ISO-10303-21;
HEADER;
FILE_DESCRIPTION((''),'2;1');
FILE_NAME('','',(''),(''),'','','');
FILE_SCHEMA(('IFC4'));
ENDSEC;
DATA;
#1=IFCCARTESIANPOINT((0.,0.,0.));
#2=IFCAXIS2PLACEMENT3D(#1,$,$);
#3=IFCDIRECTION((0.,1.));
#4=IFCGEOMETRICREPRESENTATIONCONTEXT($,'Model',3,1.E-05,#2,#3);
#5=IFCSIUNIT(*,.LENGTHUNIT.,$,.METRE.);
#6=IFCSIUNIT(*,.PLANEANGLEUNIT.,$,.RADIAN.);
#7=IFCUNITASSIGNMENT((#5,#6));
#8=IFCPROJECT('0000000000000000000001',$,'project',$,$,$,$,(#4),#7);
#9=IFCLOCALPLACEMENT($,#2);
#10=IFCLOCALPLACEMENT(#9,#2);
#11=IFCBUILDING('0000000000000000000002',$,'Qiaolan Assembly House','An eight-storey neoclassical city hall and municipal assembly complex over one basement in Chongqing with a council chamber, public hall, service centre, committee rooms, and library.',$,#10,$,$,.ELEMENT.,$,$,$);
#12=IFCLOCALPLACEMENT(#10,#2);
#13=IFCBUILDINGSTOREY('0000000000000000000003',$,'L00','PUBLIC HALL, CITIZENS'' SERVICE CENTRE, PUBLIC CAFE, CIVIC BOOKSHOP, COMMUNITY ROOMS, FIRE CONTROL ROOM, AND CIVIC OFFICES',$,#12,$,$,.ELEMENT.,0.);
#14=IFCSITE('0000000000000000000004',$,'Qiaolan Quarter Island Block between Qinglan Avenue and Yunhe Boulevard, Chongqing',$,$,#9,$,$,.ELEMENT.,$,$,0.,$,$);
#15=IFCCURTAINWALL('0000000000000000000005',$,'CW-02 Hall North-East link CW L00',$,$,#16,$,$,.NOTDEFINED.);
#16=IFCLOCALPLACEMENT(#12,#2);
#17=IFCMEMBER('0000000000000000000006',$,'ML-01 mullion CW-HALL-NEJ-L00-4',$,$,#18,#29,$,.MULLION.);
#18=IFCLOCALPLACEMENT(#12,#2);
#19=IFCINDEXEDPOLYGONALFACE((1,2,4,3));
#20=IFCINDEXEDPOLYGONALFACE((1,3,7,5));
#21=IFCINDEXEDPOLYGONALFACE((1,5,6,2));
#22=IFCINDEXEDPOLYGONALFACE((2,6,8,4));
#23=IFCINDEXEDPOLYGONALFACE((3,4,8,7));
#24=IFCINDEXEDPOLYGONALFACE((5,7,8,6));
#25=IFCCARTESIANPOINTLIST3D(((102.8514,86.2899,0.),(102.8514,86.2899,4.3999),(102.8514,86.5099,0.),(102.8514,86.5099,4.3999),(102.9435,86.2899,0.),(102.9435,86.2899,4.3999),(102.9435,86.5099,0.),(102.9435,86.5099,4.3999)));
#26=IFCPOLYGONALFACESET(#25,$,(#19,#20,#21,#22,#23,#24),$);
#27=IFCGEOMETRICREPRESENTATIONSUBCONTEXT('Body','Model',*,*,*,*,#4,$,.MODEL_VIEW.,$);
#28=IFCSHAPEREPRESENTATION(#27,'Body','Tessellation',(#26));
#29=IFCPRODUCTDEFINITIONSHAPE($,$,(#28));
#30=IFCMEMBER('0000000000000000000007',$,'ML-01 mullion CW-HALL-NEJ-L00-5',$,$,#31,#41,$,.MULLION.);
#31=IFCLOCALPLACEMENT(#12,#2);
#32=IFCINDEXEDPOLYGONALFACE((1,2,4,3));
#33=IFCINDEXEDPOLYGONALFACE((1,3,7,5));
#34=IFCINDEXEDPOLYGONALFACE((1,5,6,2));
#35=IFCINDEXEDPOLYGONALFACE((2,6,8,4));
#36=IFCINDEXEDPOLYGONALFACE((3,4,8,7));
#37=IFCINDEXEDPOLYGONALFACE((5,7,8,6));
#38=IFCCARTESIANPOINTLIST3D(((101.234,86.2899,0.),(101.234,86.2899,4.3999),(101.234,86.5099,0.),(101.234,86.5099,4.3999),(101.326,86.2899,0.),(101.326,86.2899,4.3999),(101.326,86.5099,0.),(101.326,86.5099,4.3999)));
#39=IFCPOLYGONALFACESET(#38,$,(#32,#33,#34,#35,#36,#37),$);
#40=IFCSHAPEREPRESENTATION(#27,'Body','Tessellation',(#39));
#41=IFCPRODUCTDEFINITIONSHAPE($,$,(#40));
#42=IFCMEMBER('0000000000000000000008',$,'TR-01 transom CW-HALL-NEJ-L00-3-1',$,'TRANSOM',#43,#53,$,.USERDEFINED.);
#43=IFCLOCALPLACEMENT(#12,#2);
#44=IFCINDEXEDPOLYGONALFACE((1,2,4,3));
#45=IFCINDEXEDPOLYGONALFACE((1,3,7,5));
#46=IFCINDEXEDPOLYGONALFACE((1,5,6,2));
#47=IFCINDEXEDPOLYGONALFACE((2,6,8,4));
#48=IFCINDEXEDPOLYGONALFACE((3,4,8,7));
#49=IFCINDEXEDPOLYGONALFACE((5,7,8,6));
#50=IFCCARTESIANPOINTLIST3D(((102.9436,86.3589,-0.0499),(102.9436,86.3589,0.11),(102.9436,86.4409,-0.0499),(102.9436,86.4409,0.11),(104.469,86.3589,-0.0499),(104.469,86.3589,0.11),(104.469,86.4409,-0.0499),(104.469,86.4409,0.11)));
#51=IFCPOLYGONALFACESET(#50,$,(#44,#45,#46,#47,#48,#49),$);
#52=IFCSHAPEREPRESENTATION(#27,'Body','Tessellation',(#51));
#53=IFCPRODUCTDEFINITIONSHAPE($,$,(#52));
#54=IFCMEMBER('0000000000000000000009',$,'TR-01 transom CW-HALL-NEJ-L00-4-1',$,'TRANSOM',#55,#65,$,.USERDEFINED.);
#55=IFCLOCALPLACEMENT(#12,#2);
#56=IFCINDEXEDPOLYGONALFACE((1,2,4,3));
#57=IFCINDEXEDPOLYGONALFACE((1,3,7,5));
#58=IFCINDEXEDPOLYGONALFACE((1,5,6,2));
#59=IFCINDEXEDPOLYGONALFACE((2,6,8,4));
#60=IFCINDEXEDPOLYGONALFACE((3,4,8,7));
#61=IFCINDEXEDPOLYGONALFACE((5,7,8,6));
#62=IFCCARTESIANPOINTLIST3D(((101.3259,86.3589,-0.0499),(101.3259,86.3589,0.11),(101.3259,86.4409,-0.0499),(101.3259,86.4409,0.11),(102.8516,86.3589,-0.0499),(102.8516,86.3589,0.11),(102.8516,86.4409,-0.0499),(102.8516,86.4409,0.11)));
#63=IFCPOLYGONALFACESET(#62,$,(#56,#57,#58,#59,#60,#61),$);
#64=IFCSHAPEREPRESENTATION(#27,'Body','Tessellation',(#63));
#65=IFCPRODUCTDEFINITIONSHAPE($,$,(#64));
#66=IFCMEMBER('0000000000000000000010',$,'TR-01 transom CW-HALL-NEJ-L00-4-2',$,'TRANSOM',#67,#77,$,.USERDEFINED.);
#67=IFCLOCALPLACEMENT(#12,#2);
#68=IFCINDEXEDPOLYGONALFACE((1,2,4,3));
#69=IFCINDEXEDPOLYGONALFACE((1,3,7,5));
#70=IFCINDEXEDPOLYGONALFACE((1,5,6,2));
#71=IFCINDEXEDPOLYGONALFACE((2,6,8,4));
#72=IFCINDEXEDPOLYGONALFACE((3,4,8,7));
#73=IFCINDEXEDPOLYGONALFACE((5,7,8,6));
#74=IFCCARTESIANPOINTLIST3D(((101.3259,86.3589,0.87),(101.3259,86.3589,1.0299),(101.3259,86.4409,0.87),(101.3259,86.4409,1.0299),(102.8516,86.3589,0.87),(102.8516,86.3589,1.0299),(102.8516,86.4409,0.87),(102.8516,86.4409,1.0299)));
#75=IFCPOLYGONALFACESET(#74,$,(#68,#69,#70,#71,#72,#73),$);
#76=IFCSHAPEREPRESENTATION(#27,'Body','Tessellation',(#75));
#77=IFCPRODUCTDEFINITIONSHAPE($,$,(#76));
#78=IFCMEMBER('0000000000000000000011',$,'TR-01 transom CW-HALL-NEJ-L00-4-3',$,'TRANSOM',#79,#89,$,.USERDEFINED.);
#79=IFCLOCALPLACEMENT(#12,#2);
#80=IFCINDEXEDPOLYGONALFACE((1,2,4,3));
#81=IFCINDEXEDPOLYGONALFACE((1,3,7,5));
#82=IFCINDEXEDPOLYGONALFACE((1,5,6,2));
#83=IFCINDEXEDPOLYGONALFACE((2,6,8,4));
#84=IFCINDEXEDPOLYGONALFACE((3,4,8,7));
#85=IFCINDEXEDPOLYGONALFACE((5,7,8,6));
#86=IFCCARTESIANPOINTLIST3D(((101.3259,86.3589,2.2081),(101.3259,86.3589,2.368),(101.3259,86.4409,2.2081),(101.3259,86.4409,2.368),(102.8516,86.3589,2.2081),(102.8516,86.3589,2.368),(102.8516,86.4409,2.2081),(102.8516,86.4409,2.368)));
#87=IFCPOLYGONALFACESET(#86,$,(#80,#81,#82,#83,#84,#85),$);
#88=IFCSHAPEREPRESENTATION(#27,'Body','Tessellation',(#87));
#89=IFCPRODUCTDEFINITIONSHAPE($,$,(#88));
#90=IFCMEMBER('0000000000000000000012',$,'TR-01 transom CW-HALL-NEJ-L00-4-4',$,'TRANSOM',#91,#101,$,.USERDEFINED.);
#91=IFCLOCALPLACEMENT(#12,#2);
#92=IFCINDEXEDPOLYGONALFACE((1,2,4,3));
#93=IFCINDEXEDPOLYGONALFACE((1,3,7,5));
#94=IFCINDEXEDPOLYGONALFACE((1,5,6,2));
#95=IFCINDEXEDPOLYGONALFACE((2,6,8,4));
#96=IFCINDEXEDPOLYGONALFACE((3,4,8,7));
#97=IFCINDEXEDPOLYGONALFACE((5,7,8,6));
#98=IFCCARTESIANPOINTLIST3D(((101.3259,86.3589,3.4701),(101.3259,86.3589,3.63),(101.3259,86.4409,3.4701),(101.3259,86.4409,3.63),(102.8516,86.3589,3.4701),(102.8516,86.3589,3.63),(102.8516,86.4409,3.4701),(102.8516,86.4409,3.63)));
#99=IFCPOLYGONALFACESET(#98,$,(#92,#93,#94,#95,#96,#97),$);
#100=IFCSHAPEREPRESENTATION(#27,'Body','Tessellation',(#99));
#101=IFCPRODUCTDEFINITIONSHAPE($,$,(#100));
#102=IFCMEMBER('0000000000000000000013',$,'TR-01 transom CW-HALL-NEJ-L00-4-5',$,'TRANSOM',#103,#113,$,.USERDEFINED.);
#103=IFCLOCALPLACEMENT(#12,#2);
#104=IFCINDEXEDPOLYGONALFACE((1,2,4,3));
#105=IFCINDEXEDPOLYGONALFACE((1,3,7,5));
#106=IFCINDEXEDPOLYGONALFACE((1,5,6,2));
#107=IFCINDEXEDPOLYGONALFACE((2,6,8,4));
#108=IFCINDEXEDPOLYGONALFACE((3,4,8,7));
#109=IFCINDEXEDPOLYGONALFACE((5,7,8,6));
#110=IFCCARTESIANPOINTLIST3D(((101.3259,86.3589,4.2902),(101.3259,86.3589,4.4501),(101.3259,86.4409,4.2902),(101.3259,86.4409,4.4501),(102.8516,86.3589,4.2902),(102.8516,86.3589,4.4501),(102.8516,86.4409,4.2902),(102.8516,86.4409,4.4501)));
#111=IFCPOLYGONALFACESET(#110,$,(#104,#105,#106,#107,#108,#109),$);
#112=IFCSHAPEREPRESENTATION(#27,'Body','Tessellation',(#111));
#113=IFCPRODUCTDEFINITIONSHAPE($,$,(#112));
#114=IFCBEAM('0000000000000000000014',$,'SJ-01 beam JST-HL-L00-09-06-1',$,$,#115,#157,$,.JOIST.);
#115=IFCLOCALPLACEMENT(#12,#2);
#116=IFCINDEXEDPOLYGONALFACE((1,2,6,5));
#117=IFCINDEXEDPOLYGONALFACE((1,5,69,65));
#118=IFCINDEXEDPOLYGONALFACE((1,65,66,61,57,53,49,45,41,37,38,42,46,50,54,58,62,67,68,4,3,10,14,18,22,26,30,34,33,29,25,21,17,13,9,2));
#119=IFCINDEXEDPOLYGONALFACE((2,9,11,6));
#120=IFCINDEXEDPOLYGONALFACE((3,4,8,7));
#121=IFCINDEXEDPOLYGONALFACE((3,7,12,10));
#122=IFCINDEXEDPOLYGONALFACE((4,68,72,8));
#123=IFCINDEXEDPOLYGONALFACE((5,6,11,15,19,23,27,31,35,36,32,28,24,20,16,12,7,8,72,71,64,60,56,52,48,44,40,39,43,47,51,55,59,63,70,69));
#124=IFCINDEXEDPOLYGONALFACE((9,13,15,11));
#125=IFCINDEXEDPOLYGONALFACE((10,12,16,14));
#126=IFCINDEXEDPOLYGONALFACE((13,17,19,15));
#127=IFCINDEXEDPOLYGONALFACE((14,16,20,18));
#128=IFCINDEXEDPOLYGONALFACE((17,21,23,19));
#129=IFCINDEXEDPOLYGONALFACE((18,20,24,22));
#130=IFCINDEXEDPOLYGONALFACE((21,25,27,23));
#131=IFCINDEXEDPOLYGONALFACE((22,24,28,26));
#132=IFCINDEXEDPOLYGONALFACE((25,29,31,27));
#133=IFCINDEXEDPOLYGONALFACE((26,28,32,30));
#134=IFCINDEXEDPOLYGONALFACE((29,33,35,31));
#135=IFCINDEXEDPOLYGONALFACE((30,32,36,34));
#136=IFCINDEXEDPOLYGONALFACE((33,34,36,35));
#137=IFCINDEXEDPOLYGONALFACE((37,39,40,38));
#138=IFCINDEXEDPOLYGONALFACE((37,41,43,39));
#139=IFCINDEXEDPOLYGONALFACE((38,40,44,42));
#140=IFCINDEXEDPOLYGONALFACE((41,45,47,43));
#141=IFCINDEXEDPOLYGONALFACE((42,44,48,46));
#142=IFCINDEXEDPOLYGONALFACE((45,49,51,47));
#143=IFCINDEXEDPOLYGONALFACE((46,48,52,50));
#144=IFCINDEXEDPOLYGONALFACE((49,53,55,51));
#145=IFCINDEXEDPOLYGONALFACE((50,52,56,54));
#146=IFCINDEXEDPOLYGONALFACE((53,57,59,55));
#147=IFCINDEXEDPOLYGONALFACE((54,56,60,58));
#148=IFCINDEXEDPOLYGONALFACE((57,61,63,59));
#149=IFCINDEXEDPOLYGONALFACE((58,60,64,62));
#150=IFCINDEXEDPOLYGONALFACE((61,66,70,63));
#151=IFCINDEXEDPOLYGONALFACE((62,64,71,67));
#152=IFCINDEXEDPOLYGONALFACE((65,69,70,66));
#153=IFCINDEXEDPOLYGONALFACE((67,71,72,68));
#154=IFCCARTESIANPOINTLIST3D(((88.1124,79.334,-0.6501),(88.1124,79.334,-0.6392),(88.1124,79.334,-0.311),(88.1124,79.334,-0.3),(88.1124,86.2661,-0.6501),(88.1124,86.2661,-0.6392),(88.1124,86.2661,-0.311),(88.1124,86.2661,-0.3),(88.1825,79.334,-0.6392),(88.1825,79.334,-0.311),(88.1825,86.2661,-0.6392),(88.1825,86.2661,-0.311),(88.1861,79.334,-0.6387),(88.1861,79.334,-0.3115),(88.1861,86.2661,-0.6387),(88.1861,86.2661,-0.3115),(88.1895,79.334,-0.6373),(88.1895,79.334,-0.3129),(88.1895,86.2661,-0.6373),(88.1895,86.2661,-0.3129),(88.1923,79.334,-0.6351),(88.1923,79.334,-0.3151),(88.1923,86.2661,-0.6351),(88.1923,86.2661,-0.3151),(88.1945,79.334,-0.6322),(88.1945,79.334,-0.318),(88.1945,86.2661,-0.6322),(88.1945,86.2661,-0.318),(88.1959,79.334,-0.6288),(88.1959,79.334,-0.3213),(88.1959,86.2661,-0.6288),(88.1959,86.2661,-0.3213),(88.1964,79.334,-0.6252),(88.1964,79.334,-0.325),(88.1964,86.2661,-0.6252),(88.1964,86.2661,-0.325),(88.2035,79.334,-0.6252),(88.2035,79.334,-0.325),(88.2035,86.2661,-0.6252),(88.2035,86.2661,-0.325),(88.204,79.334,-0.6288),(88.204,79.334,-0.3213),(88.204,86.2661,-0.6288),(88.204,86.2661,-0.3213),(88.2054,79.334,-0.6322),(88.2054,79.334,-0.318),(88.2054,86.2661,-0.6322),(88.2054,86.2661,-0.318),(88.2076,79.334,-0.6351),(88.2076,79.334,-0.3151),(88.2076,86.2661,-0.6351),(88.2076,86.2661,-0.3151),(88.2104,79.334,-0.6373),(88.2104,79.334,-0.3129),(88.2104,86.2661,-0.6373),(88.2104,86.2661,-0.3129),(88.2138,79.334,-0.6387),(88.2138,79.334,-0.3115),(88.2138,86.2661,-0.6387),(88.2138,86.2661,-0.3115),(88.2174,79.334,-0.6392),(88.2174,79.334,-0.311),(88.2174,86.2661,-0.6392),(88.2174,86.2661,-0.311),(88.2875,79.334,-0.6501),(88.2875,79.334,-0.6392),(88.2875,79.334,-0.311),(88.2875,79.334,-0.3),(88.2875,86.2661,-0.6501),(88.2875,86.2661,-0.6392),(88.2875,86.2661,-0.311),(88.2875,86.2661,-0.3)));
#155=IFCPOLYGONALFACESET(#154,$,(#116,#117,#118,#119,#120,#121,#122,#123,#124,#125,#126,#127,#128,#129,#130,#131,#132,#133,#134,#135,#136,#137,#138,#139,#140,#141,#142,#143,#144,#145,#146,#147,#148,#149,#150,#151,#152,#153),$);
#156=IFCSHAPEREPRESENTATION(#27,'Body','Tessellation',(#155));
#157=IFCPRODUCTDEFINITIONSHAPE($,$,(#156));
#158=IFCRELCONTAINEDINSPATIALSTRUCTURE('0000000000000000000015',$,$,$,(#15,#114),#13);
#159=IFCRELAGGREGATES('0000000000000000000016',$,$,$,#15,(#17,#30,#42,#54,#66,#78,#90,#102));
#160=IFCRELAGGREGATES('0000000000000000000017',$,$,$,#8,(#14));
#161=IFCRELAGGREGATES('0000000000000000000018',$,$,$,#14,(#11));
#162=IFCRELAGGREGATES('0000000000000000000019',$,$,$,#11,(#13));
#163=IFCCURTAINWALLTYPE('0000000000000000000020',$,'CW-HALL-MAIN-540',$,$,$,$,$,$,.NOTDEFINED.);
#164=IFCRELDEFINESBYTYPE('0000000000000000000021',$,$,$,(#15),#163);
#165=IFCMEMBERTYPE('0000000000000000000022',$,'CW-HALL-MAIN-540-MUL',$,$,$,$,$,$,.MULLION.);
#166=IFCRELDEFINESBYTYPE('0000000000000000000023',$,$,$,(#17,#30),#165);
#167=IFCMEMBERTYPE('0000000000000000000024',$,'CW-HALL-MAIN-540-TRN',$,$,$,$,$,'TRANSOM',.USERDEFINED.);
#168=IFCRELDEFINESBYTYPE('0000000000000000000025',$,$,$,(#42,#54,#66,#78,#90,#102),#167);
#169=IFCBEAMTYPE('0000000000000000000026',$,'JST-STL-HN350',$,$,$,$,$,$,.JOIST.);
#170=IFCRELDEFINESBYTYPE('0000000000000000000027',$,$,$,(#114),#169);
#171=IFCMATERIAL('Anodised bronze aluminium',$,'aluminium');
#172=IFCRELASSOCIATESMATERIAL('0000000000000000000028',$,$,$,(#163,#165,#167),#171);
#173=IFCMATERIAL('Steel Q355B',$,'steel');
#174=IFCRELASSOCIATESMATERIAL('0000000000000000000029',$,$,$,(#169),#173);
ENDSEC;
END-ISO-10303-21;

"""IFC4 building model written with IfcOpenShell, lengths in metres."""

from ifc_helpers import new_model, si_unit, direction, frame, origin, origin_2d, place, context, subcontext, project, spatial, rectangle, i_section, extrude, material, material_profile, profile_set, type_object, element, aggregate, save


model = new_model("IFC4")

# Units and contexts
model_context = context("Model", 3, precision=1e-05, world=origin(), true_north=direction((0.0, 1.0)))
body_context = subcontext(model_context, "Body", "Model", "MODEL_VIEW")
ifc_project = project(units=[si_unit("LENGTHUNIT", "METRE"), si_unit("PLANEANGLEUNIT", "RADIAN")], contexts=[model_context])

# Site, building, storey
site_placement = place(None, origin())
site = spatial("IfcSite", under=ifc_project, at=site_placement, Name="Qiaolan Quarter Island Block between Qinglan Avenue and Yunhe Boulevard, Chongqing", CompositionType="ELEMENT", RefElevation=0.0)
building_placement = place(site_placement, origin())
building = spatial("IfcBuilding", under=site, at=building_placement, Name="Qiaolan Assembly House", Description="An eight-storey neoclassical city hall and municipal assembly complex over one basement in Chongqing with a council chamber, public hall, service centre, committee rooms, and library.", CompositionType="ELEMENT")
storey_placement = place(building_placement, origin())
storey = spatial("IfcBuildingStorey", under=building, at=storey_placement, Name="L00", Description="PUBLIC HALL, CITIZENS' SERVICE CENTRE, PUBLIC CAFE, CIVIC BOOKSHOP, COMMUNITY ROOMS, FIRE CONTROL ROOM, AND CIVIC OFFICES", CompositionType="ELEMENT", Elevation=0.0)

# Shared definitions
ifc_material_1 = material(Name="Steel Q355B", Category="steel")

# Curtain wall, members
ifc_material_2 = material(Name="Anodised bronze aluminium", Category="aluminium")
curtain_wall_type = type_object("IfcCurtainWallType", Name="CW-HALL-MAIN-540", PredefinedType="NOTDEFINED", material=ifc_material_2)
curtain_wall_placement = place(storey_placement, origin())
curtain_wall = element("IfcCurtainWall", 1, at=curtain_wall_placement, inside=storey, type_object=curtain_wall_type, Name="CW-02 Hall North-East link CW L00", PredefinedType="NOTDEFINED")
ifc_material_profile_1 = material_profile(ifc_material_2, rectangle(XDim=0.092, YDim=0.22, at=origin_2d()), Name="MUL 92x220")
ifc_profile_set_1 = profile_set([ifc_material_profile_1], Name="Anodised bronze aluminium")
member_type_1 = type_object("IfcMemberType", Name="CW-HALL-MAIN-540-MUL", PredefinedType="MULLION", material=ifc_profile_set_1)
member_1_placement = place(storey_placement, frame((102.8975, 86.3999, 0.0), z_axis=(0.0, 0.0, 1.0), x_axis=(-1.0, 0.0, 0.0)))
member_1 = element("IfcMember", 2, at=member_1_placement, type_object=member_type_1, Name="ML-01 mullion CW-HALL-NEJ-L00-4", PredefinedType="MULLION", context=body_context, shape_type="SweptSolid", body=[
    extrude(rectangle(XDim=0.092, YDim=0.22, at=origin_2d()), origin(), (0.0, 0.0, 1.0), 4.3999),
])
member_2_placement = place(storey_placement, frame((101.28, 86.3999, 0.0), z_axis=(0.0, 0.0, 1.0), x_axis=(-1.0, 0.0, 0.0)))
member_2 = element("IfcMember", 3, at=member_2_placement, type_object=member_type_1, Name="ML-01 mullion CW-HALL-NEJ-L00-5", PredefinedType="MULLION", context=body_context, shape_type="SweptSolid", body=[
    extrude(rectangle(XDim=0.092, YDim=0.22, at=origin_2d()), origin(), (0.0, 0.0, 1.0), 4.3999),
])
ifc_material_profile_2 = material_profile(ifc_material_2, rectangle(XDim=0.082, YDim=0.1599, at=origin_2d()), Name="TRN 82x160")
ifc_profile_set_2 = profile_set([ifc_material_profile_2], Name="Anodised bronze aluminium")
member_type_2 = type_object("IfcMemberType", Name="CW-HALL-MAIN-540-TRN", ElementType="TRANSOM", PredefinedType="USERDEFINED", material=ifc_profile_set_2)
member_3_placement = place(storey_placement, frame((104.469, 86.3999, 0.03), z_axis=(-1.0, 0.0, 0.0), x_axis=(0.0, -1.0, 0.0)))
member_3 = element("IfcMember", 4, at=member_3_placement, type_object=member_type_2, Name="TR-01 transom CW-HALL-NEJ-L00-3-1", ObjectType="TRANSOM", PredefinedType="USERDEFINED", context=body_context, shape_type="SweptSolid", body=[
    extrude(rectangle(XDim=0.082, YDim=0.1599, at=origin_2d()), origin(), (0.0, 0.0, 1.0), 1.5254),
])
member_4_placement = place(storey_placement, frame((102.8516, 86.3999, 0.03), z_axis=(-1.0, 0.0, 0.0), x_axis=(0.0, -1.0, 0.0)))
member_4 = element("IfcMember", 5, at=member_4_placement, type_object=member_type_2, Name="TR-01 transom CW-HALL-NEJ-L00-4-1", ObjectType="TRANSOM", PredefinedType="USERDEFINED", context=body_context, shape_type="SweptSolid", body=[
    extrude(rectangle(XDim=0.082, YDim=0.1599, at=origin_2d()), origin(), (0.0, 0.0, 1.0), 1.5256),
])
member_5_placement = place(storey_placement, frame((102.8516, 86.3999, 0.95), z_axis=(-1.0, 0.0, 0.0), x_axis=(0.0, -1.0, 0.0)))
member_5 = element("IfcMember", 6, at=member_5_placement, type_object=member_type_2, Name="TR-01 transom CW-HALL-NEJ-L00-4-2", ObjectType="TRANSOM", PredefinedType="USERDEFINED", context=body_context, shape_type="SweptSolid", body=[
    extrude(rectangle(XDim=0.082, YDim=0.1599, at=origin_2d()), origin(), (0.0, 0.0, 1.0), 1.5256),
])
member_6_placement = place(storey_placement, frame((102.8516, 86.3999, 2.2881), z_axis=(-1.0, 0.0, 0.0), x_axis=(0.0, -1.0, 0.0)))
member_6 = element("IfcMember", 7, at=member_6_placement, type_object=member_type_2, Name="TR-01 transom CW-HALL-NEJ-L00-4-3", ObjectType="TRANSOM", PredefinedType="USERDEFINED", context=body_context, shape_type="SweptSolid", body=[
    extrude(rectangle(XDim=0.082, YDim=0.1599, at=origin_2d()), origin(), (0.0, 0.0, 1.0), 1.5256),
])
member_7_placement = place(storey_placement, frame((102.8516, 86.3999, 3.55), z_axis=(-1.0, 0.0, 0.0), x_axis=(0.0, -1.0, 0.0)))
member_7 = element("IfcMember", 8, at=member_7_placement, type_object=member_type_2, Name="TR-01 transom CW-HALL-NEJ-L00-4-4", ObjectType="TRANSOM", PredefinedType="USERDEFINED", context=body_context, shape_type="SweptSolid", body=[
    extrude(rectangle(XDim=0.082, YDim=0.1599, at=origin_2d()), origin(), (0.0, 0.0, 1.0), 1.5256),
])
member_8_placement = place(storey_placement, frame((102.8516, 86.3999, 4.3701), z_axis=(-1.0, 0.0, 0.0), x_axis=(0.0, -1.0, 0.0)))
member_8 = element("IfcMember", 9, at=member_8_placement, type_object=member_type_2, Name="TR-01 transom CW-HALL-NEJ-L00-4-5", ObjectType="TRANSOM", PredefinedType="USERDEFINED", context=body_context, shape_type="SweptSolid", body=[
    extrude(rectangle(XDim=0.082, YDim=0.1599, at=origin_2d()), origin(), (0.0, 0.0, 1.0), 1.5256),
])

# Beam
ifc_material_profile_3 = material_profile(ifc_material_1, i_section(OverallWidth=0.175, OverallDepth=0.3501, WebThickness=0.0071, FlangeThickness=0.011, FilletRadius=0.0139, at=origin_2d()), Name="HN 350x175x7x11")
ifc_profile_set_3 = profile_set([ifc_material_profile_3], Name="Steel Q355B")
beam_type_1 = type_object("IfcBeamType", Name="JST-STL-HN350", PredefinedType="JOIST", material=ifc_profile_set_3)
for number, where, z_axis, x_axis, name in (
    (10, (88.2, 79.334, -0.4751), (0.0, 1.0, 0.0), (-1.0, 0.0, 0.0), "SJ-01 beam JST-HL-L00-09-06-1"),
):
    element("IfcBeam", number, at=place(storey_placement, frame(where, z_axis=z_axis, x_axis=x_axis)), inside=storey, type_object=beam_type_1, Name=name, PredefinedType="JOIST", context=body_context, shape_type="SweptSolid", body=[
        extrude(i_section(OverallWidth=0.175, OverallDepth=0.3501, WebThickness=0.0071, FlangeThickness=0.011, FilletRadius=0.0139, at=origin_2d()), origin(), (0.0, 0.0, 1.0), 6.9321),
    ])

aggregate(curtain_wall, [member_1, member_2, member_3, member_4, member_5, member_6, member_7, member_8])

save(model, "model.ifc")
